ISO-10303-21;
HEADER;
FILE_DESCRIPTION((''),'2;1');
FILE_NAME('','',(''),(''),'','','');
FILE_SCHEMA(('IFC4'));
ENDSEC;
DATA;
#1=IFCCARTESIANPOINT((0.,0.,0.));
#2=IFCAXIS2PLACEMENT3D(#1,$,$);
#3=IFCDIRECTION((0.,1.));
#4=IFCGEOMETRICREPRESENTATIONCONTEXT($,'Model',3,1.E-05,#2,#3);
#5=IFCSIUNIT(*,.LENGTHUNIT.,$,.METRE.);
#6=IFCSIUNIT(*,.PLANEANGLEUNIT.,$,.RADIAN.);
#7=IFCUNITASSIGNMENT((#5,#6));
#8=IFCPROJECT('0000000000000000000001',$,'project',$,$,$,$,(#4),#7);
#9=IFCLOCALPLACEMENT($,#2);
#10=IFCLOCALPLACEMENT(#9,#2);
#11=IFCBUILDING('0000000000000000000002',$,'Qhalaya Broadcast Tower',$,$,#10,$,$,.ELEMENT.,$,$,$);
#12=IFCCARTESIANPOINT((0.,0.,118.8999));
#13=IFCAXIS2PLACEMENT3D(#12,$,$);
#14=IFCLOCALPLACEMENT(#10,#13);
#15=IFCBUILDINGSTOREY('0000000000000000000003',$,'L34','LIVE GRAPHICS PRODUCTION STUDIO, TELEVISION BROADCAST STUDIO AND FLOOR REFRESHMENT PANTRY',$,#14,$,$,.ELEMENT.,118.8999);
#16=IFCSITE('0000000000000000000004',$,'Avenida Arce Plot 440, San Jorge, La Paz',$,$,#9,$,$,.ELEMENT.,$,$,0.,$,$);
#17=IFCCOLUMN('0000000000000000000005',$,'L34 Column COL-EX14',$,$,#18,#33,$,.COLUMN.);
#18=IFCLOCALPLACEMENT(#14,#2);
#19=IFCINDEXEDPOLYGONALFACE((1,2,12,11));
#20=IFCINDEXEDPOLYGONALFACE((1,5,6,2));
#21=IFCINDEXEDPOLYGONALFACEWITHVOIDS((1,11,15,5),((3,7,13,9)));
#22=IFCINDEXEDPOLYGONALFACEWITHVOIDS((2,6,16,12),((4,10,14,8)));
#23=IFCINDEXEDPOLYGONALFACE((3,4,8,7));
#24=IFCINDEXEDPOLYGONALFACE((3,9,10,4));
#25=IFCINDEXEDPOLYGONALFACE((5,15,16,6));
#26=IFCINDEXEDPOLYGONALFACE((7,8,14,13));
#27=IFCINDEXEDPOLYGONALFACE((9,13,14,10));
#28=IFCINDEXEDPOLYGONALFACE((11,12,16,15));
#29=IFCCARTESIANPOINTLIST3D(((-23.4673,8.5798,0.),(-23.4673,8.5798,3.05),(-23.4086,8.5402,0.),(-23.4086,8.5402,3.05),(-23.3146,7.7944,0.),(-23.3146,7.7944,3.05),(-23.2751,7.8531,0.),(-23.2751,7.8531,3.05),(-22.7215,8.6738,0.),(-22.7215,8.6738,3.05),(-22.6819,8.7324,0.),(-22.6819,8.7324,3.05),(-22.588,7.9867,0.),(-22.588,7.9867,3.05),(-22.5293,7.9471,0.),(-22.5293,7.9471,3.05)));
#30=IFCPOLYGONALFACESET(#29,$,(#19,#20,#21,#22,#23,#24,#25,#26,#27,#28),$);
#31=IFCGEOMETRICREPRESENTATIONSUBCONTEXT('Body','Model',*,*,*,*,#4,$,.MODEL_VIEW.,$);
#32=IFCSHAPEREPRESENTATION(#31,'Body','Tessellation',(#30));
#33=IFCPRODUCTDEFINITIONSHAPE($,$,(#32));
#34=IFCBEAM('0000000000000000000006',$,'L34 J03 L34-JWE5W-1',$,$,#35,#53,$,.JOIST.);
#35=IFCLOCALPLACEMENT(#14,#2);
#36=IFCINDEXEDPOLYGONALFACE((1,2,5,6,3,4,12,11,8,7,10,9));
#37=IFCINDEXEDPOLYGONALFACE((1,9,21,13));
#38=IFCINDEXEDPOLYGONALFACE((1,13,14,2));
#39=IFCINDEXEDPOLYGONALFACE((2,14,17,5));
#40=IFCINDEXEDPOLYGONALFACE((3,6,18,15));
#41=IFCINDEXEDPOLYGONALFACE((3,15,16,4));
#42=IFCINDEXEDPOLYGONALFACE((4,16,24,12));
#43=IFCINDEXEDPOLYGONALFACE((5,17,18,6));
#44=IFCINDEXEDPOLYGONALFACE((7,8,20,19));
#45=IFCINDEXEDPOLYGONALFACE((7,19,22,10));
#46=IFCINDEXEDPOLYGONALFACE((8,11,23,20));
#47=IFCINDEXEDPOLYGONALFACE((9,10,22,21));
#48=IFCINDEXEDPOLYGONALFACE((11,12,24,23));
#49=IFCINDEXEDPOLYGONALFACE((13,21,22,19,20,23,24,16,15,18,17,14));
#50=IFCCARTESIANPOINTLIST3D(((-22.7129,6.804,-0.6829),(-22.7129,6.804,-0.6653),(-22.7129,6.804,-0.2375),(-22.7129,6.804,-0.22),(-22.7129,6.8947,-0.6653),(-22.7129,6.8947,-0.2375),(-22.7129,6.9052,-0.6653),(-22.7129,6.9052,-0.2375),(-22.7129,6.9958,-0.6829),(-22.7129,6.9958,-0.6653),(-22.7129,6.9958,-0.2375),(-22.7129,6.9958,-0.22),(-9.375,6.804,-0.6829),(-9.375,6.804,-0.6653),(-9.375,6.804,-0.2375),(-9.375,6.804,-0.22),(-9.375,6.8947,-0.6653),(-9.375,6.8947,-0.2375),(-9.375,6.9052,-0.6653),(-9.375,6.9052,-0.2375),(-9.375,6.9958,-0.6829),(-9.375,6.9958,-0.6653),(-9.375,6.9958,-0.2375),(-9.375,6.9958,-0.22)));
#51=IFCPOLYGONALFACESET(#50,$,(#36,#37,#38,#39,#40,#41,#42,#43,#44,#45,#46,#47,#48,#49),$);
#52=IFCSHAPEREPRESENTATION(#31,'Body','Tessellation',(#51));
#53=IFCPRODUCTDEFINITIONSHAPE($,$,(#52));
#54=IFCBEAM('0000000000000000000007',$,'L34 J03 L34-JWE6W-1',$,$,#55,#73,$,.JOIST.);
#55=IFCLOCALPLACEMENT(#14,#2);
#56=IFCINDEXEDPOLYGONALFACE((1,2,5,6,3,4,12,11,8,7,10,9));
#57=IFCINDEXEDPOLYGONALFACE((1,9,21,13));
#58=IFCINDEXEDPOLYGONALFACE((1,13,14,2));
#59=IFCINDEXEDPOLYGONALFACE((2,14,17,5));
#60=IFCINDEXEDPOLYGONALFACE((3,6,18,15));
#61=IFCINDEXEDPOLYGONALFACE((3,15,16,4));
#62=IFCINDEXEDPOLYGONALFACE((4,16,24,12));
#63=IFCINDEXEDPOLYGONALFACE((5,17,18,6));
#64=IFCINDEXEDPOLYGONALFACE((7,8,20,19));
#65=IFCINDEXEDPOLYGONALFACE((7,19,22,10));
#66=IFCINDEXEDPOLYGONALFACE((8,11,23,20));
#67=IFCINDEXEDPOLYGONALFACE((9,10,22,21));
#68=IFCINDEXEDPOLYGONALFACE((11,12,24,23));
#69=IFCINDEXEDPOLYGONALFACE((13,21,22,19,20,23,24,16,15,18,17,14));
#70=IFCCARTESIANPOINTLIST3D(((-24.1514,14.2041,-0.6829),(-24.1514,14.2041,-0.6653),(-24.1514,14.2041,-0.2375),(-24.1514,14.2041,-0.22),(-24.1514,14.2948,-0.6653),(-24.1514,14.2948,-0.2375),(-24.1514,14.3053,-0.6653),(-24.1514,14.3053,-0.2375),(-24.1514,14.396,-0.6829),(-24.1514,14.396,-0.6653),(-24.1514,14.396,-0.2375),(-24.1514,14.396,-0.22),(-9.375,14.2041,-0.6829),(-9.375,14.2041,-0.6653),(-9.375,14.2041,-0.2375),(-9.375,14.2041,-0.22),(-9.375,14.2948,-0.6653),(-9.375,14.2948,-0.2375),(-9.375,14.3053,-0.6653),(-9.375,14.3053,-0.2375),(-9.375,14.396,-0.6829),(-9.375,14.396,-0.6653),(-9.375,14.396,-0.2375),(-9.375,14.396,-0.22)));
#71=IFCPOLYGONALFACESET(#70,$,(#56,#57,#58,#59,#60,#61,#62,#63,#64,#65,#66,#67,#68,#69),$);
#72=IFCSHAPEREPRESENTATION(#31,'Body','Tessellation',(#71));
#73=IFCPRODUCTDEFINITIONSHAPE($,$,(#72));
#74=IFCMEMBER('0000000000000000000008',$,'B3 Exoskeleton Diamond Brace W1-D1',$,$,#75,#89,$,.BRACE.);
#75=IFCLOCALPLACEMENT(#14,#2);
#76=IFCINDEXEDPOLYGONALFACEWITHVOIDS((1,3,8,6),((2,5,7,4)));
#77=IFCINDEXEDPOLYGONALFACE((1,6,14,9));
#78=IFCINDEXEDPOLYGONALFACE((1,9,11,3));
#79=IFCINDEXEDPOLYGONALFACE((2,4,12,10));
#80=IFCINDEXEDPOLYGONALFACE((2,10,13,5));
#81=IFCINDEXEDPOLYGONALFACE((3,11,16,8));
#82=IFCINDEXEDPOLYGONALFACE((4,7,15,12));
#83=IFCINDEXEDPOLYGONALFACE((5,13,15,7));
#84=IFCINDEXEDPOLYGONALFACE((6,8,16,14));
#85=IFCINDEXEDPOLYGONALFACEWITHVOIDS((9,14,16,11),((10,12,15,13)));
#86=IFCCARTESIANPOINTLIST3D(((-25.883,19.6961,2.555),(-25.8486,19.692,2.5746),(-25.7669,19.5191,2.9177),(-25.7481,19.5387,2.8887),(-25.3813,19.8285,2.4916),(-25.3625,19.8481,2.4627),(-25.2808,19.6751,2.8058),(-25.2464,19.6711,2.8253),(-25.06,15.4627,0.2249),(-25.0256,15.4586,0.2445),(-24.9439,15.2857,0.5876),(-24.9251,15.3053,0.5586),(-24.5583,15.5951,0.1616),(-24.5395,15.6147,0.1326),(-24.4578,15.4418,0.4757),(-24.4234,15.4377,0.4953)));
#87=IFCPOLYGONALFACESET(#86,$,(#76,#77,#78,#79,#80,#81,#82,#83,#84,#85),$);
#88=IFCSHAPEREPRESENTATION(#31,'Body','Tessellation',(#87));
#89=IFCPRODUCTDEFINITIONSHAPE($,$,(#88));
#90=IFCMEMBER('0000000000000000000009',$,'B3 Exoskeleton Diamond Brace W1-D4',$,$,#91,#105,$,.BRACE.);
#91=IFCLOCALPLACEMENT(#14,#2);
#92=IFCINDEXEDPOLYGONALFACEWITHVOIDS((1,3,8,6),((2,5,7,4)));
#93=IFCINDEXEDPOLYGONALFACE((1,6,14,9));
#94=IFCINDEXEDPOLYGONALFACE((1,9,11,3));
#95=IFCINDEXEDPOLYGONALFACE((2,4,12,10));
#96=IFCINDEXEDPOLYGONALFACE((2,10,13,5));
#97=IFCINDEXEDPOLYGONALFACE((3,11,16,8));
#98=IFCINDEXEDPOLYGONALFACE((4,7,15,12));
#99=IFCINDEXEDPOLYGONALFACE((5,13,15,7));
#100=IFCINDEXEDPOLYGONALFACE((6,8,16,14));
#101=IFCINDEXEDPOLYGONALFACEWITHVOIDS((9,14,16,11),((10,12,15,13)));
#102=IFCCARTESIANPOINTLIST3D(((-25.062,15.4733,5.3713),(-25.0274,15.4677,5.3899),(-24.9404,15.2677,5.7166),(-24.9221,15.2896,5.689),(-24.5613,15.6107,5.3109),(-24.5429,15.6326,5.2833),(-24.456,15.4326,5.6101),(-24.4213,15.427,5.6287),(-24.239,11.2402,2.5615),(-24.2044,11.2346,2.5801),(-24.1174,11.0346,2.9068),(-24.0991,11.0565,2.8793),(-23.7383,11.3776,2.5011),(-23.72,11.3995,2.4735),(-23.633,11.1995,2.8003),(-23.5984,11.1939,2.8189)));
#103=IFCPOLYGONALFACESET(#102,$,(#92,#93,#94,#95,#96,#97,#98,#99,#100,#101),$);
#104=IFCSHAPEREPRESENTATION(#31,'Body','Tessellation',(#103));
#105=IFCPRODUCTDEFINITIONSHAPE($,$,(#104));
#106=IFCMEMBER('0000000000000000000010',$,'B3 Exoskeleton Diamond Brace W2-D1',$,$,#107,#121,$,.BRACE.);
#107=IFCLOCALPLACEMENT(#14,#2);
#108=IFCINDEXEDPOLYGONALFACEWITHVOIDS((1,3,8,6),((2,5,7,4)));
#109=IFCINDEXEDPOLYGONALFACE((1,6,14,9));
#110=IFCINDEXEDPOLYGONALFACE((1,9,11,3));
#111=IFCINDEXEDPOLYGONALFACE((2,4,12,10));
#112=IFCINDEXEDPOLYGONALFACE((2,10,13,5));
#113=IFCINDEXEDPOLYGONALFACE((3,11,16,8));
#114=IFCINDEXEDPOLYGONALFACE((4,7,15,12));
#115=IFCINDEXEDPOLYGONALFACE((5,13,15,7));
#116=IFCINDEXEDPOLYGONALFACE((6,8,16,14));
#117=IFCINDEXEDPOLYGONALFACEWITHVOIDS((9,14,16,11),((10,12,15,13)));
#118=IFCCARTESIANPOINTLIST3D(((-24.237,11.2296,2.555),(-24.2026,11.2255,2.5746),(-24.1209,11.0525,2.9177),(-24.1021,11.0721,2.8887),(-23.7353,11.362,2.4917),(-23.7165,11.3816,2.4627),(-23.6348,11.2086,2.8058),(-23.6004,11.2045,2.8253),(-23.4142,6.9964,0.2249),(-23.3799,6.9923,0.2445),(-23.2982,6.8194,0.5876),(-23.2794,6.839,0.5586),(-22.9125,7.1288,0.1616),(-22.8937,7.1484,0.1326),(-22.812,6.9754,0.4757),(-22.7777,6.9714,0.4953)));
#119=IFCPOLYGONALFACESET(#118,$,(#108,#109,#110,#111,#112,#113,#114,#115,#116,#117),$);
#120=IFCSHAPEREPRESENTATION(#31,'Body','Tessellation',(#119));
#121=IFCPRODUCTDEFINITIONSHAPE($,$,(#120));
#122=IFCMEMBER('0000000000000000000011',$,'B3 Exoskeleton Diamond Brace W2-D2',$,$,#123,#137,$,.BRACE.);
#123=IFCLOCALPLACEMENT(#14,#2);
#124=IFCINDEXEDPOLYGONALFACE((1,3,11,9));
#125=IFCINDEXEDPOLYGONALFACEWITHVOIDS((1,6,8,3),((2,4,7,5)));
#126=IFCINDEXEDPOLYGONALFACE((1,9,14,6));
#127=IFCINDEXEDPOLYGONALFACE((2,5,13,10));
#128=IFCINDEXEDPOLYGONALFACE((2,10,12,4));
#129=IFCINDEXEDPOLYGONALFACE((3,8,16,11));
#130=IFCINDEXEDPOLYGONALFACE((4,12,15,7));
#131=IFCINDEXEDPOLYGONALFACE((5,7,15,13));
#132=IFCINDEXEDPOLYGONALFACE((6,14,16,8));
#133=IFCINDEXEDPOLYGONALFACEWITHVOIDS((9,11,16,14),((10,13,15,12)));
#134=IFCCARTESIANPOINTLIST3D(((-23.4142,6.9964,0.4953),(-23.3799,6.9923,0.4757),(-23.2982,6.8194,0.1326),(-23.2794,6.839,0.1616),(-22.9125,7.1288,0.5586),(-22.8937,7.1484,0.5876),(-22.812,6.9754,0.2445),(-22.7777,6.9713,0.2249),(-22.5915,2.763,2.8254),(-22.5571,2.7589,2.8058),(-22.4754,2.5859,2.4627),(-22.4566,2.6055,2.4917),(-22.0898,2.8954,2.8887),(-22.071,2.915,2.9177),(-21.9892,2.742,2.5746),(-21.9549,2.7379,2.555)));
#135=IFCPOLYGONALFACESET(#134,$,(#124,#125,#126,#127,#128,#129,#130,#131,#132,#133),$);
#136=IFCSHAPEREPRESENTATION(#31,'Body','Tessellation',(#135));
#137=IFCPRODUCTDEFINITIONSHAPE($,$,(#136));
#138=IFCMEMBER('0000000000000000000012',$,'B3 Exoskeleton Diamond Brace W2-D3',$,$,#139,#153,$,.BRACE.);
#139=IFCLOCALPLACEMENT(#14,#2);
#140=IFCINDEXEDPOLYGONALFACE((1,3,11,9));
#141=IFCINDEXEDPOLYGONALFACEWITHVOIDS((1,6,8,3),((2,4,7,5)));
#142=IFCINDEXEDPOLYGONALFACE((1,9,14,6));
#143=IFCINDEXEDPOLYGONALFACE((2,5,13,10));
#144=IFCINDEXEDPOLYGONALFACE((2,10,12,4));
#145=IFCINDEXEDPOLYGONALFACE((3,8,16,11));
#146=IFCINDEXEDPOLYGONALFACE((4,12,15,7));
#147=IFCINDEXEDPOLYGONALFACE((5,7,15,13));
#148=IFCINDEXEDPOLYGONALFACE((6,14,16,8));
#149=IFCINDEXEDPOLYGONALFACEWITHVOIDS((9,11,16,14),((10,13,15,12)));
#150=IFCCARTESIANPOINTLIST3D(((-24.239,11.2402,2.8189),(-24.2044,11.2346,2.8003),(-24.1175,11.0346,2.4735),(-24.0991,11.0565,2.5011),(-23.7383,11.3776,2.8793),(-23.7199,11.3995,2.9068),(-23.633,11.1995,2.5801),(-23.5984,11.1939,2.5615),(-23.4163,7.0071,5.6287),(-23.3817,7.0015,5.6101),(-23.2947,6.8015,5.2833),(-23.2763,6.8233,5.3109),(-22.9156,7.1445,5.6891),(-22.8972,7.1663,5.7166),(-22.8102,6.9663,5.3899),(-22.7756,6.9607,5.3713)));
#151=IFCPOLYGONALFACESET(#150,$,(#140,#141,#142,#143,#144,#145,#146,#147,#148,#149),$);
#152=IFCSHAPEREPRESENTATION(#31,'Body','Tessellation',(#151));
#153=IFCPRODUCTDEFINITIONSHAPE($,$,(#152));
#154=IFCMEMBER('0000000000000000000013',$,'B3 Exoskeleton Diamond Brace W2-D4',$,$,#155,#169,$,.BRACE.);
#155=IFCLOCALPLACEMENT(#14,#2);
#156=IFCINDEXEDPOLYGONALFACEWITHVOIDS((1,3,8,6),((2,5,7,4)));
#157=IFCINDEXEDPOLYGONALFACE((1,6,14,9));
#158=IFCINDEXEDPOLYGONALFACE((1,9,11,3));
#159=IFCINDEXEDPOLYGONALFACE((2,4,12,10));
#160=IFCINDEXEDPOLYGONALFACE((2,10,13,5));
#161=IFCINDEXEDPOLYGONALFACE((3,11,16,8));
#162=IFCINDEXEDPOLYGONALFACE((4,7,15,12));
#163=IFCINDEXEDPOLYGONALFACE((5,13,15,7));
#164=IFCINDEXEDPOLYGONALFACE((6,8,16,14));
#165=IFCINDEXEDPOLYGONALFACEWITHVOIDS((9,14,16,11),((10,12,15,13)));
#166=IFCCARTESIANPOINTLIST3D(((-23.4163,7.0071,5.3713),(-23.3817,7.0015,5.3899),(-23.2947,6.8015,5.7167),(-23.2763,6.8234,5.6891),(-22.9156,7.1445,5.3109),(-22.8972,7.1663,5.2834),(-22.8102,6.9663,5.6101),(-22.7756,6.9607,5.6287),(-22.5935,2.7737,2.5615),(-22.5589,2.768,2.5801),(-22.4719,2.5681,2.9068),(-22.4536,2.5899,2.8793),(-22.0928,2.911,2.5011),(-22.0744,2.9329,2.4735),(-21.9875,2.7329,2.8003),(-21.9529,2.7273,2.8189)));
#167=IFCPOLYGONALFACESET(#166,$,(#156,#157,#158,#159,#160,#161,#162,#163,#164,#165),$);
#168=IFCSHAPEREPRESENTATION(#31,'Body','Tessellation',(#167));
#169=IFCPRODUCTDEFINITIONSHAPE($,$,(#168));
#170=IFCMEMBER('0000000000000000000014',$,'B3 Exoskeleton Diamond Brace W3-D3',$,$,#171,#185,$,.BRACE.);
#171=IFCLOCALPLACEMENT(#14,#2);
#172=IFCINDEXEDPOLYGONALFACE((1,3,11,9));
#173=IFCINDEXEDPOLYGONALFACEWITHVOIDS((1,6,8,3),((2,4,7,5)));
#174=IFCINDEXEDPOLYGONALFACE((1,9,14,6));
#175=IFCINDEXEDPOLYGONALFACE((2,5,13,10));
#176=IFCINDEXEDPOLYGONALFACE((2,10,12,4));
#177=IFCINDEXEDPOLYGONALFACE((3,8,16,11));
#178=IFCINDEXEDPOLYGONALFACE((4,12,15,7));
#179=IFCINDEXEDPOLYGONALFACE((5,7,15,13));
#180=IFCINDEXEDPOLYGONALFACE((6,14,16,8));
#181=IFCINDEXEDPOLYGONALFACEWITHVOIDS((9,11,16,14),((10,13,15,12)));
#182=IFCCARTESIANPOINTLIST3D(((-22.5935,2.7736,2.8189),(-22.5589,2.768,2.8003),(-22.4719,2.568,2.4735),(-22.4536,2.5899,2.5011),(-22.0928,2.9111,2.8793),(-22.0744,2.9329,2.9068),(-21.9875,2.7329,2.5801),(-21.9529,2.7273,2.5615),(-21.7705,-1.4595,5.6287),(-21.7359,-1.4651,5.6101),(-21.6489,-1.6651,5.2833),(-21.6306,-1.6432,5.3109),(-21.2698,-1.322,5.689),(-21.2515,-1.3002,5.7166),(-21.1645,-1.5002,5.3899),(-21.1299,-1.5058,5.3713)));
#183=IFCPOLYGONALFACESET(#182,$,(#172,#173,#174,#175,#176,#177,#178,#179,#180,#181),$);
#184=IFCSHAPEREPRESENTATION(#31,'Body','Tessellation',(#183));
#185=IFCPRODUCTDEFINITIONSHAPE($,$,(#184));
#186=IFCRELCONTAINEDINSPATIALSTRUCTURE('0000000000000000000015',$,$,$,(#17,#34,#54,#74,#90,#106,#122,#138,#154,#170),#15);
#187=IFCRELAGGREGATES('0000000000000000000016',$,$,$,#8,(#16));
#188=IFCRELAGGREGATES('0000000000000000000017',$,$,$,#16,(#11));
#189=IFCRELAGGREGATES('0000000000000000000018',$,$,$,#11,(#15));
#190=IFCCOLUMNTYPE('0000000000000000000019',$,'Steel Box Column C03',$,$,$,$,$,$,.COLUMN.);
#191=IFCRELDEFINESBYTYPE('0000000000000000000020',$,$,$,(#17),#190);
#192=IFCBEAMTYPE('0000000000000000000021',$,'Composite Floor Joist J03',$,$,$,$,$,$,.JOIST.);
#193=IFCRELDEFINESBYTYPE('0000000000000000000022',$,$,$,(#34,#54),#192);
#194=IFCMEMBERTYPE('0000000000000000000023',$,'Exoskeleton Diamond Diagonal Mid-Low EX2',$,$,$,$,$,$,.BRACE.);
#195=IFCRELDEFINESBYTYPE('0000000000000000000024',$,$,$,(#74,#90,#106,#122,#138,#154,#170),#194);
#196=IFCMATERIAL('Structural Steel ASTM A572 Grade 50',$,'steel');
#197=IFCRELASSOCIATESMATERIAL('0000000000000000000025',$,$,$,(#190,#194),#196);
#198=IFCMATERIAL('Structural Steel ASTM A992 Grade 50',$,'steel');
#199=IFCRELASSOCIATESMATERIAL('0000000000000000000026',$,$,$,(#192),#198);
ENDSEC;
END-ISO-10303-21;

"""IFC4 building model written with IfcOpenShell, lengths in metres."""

from ifc_helpers import new_model, si_unit, direction, frame, origin, origin_2d, place, context, subcontext, project, spatial, hollow_rectangle, i_section, extrude, material, material_profile, profile_set, type_object, element, save


model = new_model("IFC4")

# Units and contexts
model_context = context("Model", 3, precision=1e-05, world=origin(), true_north=direction((0.0, 1.0)))
body_context = subcontext(model_context, "Body", "Model", "MODEL_VIEW")
ifc_project = project(units=[si_unit("LENGTHUNIT", "METRE"), si_unit("PLANEANGLEUNIT", "RADIAN")], contexts=[model_context])

# Site, building, storey
site_placement = place(None, origin())
site = spatial("IfcSite", under=ifc_project, at=site_placement, Name="Avenida Arce Plot 440, San Jorge, La Paz", CompositionType="ELEMENT", RefElevation=0.0)
building_placement = place(site_placement, origin())
building = spatial("IfcBuilding", under=site, at=building_placement, Name="Qhalaya Broadcast Tower", CompositionType="ELEMENT")
storey_placement = place(building_placement, frame((0.0, 0.0, 118.8999)))
storey = spatial("IfcBuildingStorey", under=building, at=storey_placement, Name="L34", Description="LIVE GRAPHICS PRODUCTION STUDIO, TELEVISION BROADCAST STUDIO AND FLOOR REFRESHMENT PANTRY", CompositionType="ELEMENT", Elevation=118.8999)

# Column
ifc_material_1 = material(Name="Structural Steel ASTM A572 Grade 50", Category="steel")
ifc_material_profile_1 = material_profile(ifc_material_1, hollow_rectangle(XDim=0.8, YDim=0.8, WallThickness=0.05, at=origin_2d()), Name="BOX 800x800x50")
ifc_profile_set_1 = profile_set([ifc_material_profile_1], Name="Structural Steel ASTM A572 Grade 50")
column_type = type_object("IfcColumnType", Name="Steel Box Column C03", PredefinedType="COLUMN", material=ifc_profile_set_1)
column_placement = place(storey_placement, frame((-22.9983, 8.2634, 0.0), z_axis=(0.0, 0.0, 1.0), x_axis=(-0.190809, 0.981627, 0.0)))
element("IfcColumn", 1, at=column_placement, inside=storey, type_object=column_type, Name="L34 Column COL-EX14", PredefinedType="COLUMN", context=body_context, shape_type="SweptSolid", body=[
    extrude(hollow_rectangle(XDim=0.8, YDim=0.8, WallThickness=0.05, at=origin_2d()), origin(), (0.0, 0.0, 1.0), 3.05),
])

# Beams
ifc_material_2 = material(Name="Structural Steel ASTM A992 Grade 50", Category="steel")
ifc_material_profile_2 = material_profile(ifc_material_2, i_section(OverallWidth=0.1919, OverallDepth=0.4629, WebThickness=0.0105, FlangeThickness=0.0176, at=origin_2d()), Name="W18X60")
ifc_profile_set_2 = profile_set([ifc_material_profile_2], Name="Structural Steel ASTM A992 Grade 50")
beam_type_1 = type_object("IfcBeamType", Name="Composite Floor Joist J03", PredefinedType="JOIST", material=ifc_profile_set_2)
beam_1_placement = place(storey_placement, frame((-22.7129, 6.8999, -0.4514), z_axis=(1.0, 0.0, 0.0), x_axis=(0.0, 1.0, 0.0)))
element("IfcBeam", 2, at=beam_1_placement, inside=storey, type_object=beam_type_1, Name="L34 J03 L34-JWE5W-1", PredefinedType="JOIST", context=body_context, shape_type="SweptSolid", body=[
    extrude(i_section(OverallWidth=0.1919, OverallDepth=0.4629, WebThickness=0.0105, FlangeThickness=0.0176, at=origin_2d()), origin(), (0.0, 0.0, 1.0), 13.3379),
])
beam_2_placement = place(storey_placement, frame((-24.1514, 14.3, -0.4514), z_axis=(1.0, 0.0, 0.0), x_axis=(0.0, 1.0, 0.0)))
element("IfcBeam", 3, at=beam_2_placement, inside=storey, type_object=beam_type_1, Name="L34 J03 L34-JWE6W-1", PredefinedType="JOIST", context=body_context, shape_type="SweptSolid", body=[
    extrude(i_section(OverallWidth=0.1919, OverallDepth=0.4629, WebThickness=0.0105, FlangeThickness=0.0176, at=origin_2d()), origin(), (0.0, 0.0, 1.0), 14.7764),
])

# Members
ifc_material_profile_3 = material_profile(ifc_material_1, hollow_rectangle(XDim=0.4199, YDim=0.55, WallThickness=0.0281, at=origin_2d()), Name="BOX 420x550x28")
ifc_profile_set_3 = profile_set([ifc_material_profile_3], Name="Structural Steel ASTM A572 Grade 50")
member_type = type_object("IfcMemberType", Name="Exoskeleton Diamond Diagonal Mid-Low EX2", PredefinedType="BRACE", material=ifc_profile_set_3)
member_1_placement = place(storey_placement, frame((-24.7417, 15.4502, 0.3601), z_axis=(-0.167895, 0.863631, 0.475346), x_axis=(0.276348, -0.421624, 0.863635)))
element("IfcMember", 4, at=member_1_placement, inside=storey, type_object=member_type, Name="B3 Exoskeleton Diamond Brace W1-D1", PredefinedType="BRACE", context=body_context, shape_type="SweptSolid", body=[
    extrude(hollow_rectangle(XDim=0.4199, YDim=0.55, WallThickness=0.0281, at=origin_2d()), origin(), (0.0, 0.0, 1.0), 4.9019),
])
member_2_placement = place(storey_placement, frame((-23.9187, 11.217, 2.6902), z_axis=(-0.159897, 0.822445, 0.545909), x_axis=(0.289571, -0.489615, 0.822451)))
element("IfcMember", 5, at=member_2_placement, inside=storey, type_object=member_type, Name="B3 Exoskeleton Diamond Brace W1-D4", PredefinedType="BRACE", context=body_context, shape_type="SweptSolid", body=[
    extrude(hollow_rectangle(XDim=0.4199, YDim=0.55, WallThickness=0.0281, at=origin_2d()), origin(), (0.0, 0.0, 1.0), 5.147),
])
member_3_placement = place(storey_placement, frame((-23.0959, 6.9839, 0.3601), z_axis=(-0.167854, 0.863625, 0.47537), x_axis=(0.276333, -0.42166, 0.863622)))
element("IfcMember", 6, at=member_3_placement, inside=storey, type_object=member_type, Name="B3 Exoskeleton Diamond Brace W2-D1", PredefinedType="BRACE", context=body_context, shape_type="SweptSolid", body=[
    extrude(hollow_rectangle(XDim=0.4199, YDim=0.55, WallThickness=0.0281, at=origin_2d()), origin(), (0.0, 0.0, 1.0), 4.9016),
])
member_4_placement = place(storey_placement, frame((-23.0959, 6.9839, 0.3601), z_axis=(0.167847, -0.863638, 0.475349), x_axis=(-0.276325, 0.421643, 0.863633)))
element("IfcMember", 7, at=member_4_placement, inside=storey, type_object=member_type, Name="B3 Exoskeleton Diamond Brace W2-D2", PredefinedType="BRACE", context=body_context, shape_type="SweptSolid", body=[
    extrude(hollow_rectangle(XDim=0.4199, YDim=0.55, WallThickness=0.0281, at=origin_2d()), origin(), (0.0, 0.0, 1.0), 4.9019),
])
member_5_placement = place(storey_placement, frame((-23.9187, 11.217, 2.6902), z_axis=(0.159851, -0.822451, 0.545913), x_axis=(-0.289545, 0.489635, 0.822448)))
element("IfcMember", 8, at=member_5_placement, inside=storey, type_object=member_type, Name="B3 Exoskeleton Diamond Brace W2-D3", PredefinedType="BRACE", context=body_context, shape_type="SweptSolid", body=[
    extrude(hollow_rectangle(XDim=0.4199, YDim=0.55, WallThickness=0.0281, at=origin_2d()), origin(), (0.0, 0.0, 1.0), 5.147),
])
member_6_placement = place(storey_placement, frame((-22.2732, 2.7505, 2.6902), z_axis=(-0.159845, 0.822467, 0.545892), x_axis=(0.289536, -0.489618, 0.822462)))
element("IfcMember", 9, at=member_6_placement, inside=storey, type_object=member_type, Name="B3 Exoskeleton Diamond Brace W2-D4", PredefinedType="BRACE", context=body_context, shape_type="SweptSolid", body=[
    extrude(hollow_rectangle(XDim=0.4199, YDim=0.55, WallThickness=0.0281, at=origin_2d()), origin(), (0.0, 0.0, 1.0), 5.1472),
])
member_7_placement = place(storey_placement, frame((-22.2732, 2.7505, 2.6902), z_axis=(0.159897, -0.822445, 0.545909), x_axis=(-0.289571, 0.489615, 0.822451)))
element("IfcMember", 10, at=member_7_placement, inside=storey, type_object=member_type, Name="B3 Exoskeleton Diamond Brace W3-D3", PredefinedType="BRACE", context=body_context, shape_type="SweptSolid", body=[
    extrude(hollow_rectangle(XDim=0.4199, YDim=0.55, WallThickness=0.0281, at=origin_2d()), origin(), (0.0, 0.0, 1.0), 5.147),
])

save(model, "model.ifc")
